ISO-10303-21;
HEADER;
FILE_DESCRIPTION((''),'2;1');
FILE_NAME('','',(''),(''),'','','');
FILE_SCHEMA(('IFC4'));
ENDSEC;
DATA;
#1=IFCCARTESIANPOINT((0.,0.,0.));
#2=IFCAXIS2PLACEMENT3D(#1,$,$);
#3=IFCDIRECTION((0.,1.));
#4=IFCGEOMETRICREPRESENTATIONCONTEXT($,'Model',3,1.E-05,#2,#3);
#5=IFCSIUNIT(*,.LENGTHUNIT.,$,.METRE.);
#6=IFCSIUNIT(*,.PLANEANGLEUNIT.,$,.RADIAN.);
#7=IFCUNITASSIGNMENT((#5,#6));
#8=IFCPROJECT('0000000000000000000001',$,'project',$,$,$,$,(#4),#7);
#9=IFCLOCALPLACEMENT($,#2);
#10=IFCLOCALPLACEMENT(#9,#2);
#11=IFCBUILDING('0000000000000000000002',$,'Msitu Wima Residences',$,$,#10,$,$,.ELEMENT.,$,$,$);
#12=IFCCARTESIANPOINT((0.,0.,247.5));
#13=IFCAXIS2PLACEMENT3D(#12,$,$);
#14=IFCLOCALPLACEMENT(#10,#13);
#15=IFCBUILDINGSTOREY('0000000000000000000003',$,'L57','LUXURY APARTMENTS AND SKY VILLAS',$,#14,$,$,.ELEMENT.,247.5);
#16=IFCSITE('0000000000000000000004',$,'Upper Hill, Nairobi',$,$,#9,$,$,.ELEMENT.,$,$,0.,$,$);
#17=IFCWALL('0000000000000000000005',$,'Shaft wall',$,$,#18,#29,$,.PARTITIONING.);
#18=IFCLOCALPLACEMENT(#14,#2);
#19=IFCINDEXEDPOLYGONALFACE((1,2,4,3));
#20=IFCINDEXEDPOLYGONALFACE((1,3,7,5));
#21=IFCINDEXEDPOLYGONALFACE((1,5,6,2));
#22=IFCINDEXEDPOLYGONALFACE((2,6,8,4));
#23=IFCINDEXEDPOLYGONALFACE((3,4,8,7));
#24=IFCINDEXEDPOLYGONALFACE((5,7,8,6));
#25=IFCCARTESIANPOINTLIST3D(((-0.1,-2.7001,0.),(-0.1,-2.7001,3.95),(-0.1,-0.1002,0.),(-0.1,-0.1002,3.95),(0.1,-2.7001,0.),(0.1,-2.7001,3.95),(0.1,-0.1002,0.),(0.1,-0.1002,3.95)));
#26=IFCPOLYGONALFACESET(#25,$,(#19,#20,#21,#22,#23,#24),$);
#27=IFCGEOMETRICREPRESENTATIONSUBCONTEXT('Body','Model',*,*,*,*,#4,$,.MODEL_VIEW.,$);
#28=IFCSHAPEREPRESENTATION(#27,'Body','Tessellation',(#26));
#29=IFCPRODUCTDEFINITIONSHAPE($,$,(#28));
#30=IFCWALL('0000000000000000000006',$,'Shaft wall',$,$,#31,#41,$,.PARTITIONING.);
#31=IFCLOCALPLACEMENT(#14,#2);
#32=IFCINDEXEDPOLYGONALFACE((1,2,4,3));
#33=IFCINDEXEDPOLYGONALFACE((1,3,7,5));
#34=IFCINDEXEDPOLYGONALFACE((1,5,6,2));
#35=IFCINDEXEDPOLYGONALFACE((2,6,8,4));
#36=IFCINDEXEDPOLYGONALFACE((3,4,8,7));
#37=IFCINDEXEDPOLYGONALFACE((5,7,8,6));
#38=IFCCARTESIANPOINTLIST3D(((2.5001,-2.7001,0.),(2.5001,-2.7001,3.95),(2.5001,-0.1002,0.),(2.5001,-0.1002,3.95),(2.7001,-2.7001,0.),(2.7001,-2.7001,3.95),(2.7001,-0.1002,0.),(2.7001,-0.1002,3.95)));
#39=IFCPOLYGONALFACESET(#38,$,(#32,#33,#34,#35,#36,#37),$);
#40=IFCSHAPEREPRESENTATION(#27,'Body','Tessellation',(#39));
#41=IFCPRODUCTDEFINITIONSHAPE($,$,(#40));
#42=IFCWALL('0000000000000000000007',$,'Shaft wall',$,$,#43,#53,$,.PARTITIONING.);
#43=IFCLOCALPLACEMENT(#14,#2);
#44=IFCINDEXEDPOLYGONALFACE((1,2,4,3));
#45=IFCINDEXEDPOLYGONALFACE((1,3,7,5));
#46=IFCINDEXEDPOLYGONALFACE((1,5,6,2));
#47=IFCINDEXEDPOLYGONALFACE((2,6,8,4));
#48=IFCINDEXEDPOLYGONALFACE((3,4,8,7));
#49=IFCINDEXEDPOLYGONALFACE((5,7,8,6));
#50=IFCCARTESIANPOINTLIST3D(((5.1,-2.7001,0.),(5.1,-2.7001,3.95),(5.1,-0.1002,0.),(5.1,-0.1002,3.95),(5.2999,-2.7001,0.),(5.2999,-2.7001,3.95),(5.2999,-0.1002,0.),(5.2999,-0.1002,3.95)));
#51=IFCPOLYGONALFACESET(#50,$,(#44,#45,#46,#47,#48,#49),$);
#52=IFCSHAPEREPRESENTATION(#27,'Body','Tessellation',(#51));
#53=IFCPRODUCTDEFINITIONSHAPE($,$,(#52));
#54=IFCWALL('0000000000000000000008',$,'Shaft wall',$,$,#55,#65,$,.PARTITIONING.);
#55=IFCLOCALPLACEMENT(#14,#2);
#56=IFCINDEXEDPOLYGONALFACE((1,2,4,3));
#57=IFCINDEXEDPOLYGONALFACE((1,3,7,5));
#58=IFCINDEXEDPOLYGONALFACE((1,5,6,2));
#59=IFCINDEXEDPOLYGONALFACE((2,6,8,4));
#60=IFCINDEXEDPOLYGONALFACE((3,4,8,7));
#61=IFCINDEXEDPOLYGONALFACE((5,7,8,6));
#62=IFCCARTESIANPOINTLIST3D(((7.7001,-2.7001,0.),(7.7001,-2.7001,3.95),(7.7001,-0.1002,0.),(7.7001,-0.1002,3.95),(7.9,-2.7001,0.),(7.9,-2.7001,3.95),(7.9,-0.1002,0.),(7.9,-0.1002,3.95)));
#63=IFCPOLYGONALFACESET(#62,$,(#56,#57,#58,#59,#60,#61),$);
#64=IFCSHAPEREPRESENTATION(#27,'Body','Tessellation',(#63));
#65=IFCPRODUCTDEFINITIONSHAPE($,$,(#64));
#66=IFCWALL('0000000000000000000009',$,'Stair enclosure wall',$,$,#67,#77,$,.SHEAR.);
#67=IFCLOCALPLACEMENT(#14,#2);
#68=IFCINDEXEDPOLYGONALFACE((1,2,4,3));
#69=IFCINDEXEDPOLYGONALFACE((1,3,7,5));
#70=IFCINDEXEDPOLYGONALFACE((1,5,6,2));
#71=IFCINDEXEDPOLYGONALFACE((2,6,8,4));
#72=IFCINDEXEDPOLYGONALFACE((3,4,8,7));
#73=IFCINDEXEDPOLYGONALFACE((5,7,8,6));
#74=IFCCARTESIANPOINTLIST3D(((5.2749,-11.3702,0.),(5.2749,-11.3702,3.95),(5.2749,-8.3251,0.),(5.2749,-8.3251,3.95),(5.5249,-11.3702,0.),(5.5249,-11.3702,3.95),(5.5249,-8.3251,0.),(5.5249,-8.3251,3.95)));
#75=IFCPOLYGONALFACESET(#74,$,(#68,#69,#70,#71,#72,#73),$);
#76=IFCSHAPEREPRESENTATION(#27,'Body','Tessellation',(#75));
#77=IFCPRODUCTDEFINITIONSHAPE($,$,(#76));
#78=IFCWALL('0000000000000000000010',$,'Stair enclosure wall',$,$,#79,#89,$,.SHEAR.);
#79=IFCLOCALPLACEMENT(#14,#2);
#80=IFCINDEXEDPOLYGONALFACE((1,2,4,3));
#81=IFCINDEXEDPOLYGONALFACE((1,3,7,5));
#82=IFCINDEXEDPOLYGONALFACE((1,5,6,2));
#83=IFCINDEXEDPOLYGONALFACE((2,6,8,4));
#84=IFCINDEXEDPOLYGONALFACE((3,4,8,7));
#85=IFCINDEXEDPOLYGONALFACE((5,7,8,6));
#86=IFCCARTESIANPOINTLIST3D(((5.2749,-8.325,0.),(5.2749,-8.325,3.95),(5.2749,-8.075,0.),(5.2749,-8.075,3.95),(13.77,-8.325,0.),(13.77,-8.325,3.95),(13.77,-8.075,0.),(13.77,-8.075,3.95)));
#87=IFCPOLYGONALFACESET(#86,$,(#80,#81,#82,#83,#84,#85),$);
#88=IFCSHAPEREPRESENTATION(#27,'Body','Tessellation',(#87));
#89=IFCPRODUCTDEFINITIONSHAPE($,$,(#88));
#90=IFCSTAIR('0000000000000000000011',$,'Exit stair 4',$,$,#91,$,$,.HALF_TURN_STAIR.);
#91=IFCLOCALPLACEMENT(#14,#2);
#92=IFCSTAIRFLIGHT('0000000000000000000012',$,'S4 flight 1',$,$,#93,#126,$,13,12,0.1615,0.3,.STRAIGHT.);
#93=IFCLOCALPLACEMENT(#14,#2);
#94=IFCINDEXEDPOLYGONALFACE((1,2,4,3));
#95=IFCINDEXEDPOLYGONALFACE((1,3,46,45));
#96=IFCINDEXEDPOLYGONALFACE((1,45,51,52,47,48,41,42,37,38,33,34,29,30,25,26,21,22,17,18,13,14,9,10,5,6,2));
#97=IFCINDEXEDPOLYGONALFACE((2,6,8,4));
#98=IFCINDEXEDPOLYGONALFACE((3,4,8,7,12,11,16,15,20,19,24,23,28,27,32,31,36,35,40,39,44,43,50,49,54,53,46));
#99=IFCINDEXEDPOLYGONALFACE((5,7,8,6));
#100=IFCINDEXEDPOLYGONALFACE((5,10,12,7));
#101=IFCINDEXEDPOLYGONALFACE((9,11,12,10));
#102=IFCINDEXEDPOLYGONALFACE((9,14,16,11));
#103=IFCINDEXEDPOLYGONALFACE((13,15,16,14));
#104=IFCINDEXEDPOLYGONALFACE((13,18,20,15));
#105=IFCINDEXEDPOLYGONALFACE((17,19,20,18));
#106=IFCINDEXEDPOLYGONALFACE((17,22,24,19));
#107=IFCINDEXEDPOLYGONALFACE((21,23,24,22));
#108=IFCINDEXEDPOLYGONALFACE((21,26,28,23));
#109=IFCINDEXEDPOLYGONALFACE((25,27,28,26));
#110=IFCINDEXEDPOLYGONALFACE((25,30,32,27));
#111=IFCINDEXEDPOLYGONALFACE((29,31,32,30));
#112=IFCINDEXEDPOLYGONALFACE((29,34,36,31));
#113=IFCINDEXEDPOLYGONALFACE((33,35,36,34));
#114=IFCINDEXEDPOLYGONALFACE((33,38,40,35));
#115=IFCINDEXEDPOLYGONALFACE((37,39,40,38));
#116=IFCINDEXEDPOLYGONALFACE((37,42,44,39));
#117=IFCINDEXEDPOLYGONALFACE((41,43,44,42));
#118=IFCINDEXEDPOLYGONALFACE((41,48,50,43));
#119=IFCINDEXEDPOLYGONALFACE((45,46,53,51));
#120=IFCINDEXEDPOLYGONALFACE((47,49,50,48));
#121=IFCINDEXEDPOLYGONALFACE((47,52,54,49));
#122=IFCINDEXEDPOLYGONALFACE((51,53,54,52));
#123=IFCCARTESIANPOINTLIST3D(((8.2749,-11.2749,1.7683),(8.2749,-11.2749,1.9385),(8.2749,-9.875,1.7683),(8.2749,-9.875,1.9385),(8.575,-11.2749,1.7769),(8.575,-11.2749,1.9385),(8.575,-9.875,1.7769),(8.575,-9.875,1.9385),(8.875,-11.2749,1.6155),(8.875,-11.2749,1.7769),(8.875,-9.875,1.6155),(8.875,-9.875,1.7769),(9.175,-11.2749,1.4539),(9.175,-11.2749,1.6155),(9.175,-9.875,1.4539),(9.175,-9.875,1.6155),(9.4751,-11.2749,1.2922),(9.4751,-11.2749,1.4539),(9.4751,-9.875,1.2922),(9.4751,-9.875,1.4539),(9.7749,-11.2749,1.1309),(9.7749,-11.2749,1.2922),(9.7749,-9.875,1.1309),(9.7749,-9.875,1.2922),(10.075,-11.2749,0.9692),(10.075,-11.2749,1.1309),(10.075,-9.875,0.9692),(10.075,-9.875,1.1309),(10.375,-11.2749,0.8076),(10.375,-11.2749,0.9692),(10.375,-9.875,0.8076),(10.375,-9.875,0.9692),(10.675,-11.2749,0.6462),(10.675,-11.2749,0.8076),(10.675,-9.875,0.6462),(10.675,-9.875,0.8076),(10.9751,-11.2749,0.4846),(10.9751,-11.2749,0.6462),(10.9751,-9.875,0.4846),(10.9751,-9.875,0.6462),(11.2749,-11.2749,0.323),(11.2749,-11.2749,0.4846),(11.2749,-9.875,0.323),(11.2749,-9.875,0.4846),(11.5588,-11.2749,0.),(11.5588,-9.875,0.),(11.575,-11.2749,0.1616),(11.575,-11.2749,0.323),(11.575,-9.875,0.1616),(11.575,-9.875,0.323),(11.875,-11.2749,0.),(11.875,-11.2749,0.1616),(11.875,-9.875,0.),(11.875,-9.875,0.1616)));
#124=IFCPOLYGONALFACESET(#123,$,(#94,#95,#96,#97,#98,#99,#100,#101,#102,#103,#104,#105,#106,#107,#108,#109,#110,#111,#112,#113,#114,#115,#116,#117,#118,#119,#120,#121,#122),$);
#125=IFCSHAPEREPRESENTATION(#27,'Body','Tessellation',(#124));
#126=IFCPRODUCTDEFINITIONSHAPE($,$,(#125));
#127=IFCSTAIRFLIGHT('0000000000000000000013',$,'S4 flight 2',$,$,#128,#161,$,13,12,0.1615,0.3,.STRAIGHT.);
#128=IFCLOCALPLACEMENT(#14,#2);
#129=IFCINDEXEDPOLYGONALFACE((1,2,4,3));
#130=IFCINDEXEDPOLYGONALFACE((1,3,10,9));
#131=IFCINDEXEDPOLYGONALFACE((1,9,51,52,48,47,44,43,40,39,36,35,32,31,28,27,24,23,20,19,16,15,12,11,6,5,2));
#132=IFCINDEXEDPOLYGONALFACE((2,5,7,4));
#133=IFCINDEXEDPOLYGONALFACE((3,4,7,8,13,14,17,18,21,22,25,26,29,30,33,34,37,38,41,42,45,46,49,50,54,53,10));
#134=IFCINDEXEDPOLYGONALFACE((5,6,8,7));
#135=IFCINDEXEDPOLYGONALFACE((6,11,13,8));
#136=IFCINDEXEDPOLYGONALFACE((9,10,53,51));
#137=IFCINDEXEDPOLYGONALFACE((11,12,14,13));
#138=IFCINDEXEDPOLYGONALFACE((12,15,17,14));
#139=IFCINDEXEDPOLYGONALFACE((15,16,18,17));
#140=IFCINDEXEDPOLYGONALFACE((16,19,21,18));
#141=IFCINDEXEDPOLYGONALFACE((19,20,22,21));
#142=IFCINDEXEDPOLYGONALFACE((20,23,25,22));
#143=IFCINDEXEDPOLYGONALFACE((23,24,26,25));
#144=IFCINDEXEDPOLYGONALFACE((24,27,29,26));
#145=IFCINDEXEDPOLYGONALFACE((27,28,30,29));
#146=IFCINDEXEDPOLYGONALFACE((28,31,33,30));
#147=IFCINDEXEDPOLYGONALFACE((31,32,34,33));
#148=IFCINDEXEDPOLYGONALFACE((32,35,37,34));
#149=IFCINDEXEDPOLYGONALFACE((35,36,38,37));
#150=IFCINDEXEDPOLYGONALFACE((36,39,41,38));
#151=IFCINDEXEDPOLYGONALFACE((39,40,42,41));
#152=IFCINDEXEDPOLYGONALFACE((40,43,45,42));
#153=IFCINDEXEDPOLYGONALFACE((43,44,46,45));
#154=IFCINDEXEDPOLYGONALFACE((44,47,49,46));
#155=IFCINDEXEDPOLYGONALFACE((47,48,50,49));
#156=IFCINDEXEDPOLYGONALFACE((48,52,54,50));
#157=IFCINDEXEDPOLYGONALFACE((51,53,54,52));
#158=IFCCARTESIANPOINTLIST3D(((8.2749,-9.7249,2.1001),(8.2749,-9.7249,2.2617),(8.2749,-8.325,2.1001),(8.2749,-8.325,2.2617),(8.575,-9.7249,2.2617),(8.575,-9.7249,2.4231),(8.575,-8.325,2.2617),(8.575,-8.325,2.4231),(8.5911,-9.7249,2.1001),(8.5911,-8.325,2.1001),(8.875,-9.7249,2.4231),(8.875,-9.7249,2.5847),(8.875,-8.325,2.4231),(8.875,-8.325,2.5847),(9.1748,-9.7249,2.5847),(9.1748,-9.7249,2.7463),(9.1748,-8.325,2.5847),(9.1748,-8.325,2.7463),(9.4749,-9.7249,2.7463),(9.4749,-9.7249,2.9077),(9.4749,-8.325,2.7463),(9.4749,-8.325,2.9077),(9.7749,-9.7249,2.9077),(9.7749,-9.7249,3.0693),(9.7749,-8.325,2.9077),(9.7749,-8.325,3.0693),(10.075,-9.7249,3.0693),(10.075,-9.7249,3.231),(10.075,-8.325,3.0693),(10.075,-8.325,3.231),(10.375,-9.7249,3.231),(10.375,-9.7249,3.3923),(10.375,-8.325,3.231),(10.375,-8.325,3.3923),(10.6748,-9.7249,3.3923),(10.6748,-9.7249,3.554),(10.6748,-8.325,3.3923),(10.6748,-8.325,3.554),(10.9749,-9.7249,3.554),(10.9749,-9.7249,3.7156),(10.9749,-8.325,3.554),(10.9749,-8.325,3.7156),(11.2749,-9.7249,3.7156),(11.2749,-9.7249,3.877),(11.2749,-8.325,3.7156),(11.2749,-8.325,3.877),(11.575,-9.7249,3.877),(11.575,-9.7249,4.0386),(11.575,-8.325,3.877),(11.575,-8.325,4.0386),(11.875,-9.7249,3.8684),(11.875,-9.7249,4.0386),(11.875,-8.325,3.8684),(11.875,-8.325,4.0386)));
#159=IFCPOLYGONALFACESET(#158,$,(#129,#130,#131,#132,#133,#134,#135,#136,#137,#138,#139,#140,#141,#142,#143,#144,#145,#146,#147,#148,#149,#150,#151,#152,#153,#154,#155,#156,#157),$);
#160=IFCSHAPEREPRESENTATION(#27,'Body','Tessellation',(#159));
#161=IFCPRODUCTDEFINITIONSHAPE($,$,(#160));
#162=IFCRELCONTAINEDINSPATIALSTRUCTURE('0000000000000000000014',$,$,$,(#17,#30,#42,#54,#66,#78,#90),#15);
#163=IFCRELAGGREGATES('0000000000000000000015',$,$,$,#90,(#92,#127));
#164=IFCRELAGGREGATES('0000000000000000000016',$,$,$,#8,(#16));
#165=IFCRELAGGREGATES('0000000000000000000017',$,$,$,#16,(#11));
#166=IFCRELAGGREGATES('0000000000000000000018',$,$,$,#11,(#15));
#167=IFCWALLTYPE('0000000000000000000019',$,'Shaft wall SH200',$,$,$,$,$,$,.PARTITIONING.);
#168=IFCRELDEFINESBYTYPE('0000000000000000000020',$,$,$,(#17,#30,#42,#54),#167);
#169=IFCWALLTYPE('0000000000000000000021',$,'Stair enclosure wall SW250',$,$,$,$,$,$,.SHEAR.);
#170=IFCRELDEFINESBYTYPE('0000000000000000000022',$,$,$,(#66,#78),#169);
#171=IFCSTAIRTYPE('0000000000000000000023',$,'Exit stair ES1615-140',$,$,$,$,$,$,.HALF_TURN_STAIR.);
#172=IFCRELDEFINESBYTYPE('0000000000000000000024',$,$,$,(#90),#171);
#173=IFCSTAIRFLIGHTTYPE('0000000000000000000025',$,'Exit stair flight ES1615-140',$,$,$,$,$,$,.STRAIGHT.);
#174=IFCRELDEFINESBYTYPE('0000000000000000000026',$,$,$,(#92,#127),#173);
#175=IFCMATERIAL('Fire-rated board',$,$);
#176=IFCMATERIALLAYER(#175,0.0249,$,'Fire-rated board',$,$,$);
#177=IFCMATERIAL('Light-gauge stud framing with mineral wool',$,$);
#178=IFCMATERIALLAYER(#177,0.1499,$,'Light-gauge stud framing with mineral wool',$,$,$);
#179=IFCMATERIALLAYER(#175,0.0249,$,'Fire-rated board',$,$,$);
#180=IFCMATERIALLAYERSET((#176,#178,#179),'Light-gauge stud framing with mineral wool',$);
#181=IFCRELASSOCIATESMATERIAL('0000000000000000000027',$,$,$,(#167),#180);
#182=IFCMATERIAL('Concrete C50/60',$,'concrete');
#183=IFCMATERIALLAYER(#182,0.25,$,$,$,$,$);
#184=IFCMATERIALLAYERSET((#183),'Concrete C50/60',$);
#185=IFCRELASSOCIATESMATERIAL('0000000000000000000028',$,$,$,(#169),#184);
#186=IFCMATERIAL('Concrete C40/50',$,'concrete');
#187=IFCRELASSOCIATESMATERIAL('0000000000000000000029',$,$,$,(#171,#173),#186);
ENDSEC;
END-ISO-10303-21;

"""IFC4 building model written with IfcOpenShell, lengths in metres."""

from ifc_helpers import new_model, si_unit, direction, frame, frame_2d, origin, place, context, subcontext, project, spatial, polyline, rectangle, outline, extrude, material, layer, layer_set, type_object, element, aggregate, save


model = new_model("IFC4")

# Units and contexts
model_context = context("Model", 3, precision=1e-05, world=origin(), true_north=direction((0.0, 1.0)))
body_context = subcontext(model_context, "Body", "Model", "MODEL_VIEW")
ifc_project = project(units=[si_unit("LENGTHUNIT", "METRE"), si_unit("PLANEANGLEUNIT", "RADIAN")], contexts=[model_context])

# Site, building, storey
site_placement = place(None, origin())
site = spatial("IfcSite", under=ifc_project, at=site_placement, Name="Upper Hill, Nairobi", CompositionType="ELEMENT", RefElevation=0.0)
building_placement = place(site_placement, origin())
building = spatial("IfcBuilding", under=site, at=building_placement, Name="Msitu Wima Residences", CompositionType="ELEMENT")
storey_placement = place(building_placement, frame((0.0, 0.0, 247.5)))
storey = spatial("IfcBuildingStorey", under=building, at=storey_placement, Name="L57", Description="LUXURY APARTMENTS AND SKY VILLAS", CompositionType="ELEMENT", Elevation=247.5)

# Shared definitions
ifc_material_1 = material(Name="Concrete C40/50", Category="concrete")

# Walls
ifc_material_2 = material(Name="Fire-rated board")
ifc_layer_1 = layer(ifc_material_2, 0.0249, Name="Fire-rated board")
ifc_material_3 = material(Name="Light-gauge stud framing with mineral wool")
ifc_layer_2 = layer(ifc_material_3, 0.1499, Name="Light-gauge stud framing with mineral wool")
ifc_layer_3 = layer(ifc_material_2, 0.0249, Name="Fire-rated board")
ifc_layer_set_1 = layer_set([ifc_layer_1, ifc_layer_2, ifc_layer_3], Name="Light-gauge stud framing with mineral wool")
wall_type_1 = type_object("IfcWallType", Name="Shaft wall SH200", PredefinedType="PARTITIONING", material=ifc_layer_set_1)
for number, where, z_axis, x_axis, name in (
    (1, (0.0, -2.7, 0.0), (0.0, 0.0, 1.0), (0.0, 1.0, 0.0), "Shaft wall"),
    (2, (2.6001, -2.7, 0.0), (0.0, 0.0, 1.0), (0.0, 1.0, 0.0), "Shaft wall"),
    (3, (5.2, -2.7, 0.0), (0.0, 0.0, 1.0), (0.0, 1.0, 0.0), "Shaft wall"),
    (4, (7.8, -2.7, 0.0), (0.0, 0.0, 1.0), (0.0, 1.0, 0.0), "Shaft wall"),
):
    element("IfcWall", number, at=place(storey_placement, frame(where, z_axis=z_axis, x_axis=x_axis)), inside=storey, type_object=wall_type_1, Name=name, PredefinedType="PARTITIONING", context=body_context, shape_type="SweptSolid", body=[
        extrude(rectangle(XDim=2.5999, YDim=0.2, at=frame_2d((1.2998, 0.0))), origin(), (0.0, 0.0, 1.0), 3.95),
    ])
ifc_material_4 = material(Name="Concrete C50/60", Category="concrete")
ifc_layer_4 = layer(ifc_material_4, 0.25)
ifc_layer_set_2 = layer_set([ifc_layer_4], Name="Concrete C50/60")
wall_type_2 = type_object("IfcWallType", Name="Stair enclosure wall SW250", PredefinedType="SHEAR", material=ifc_layer_set_2)
wall_1_placement = place(storey_placement, frame((5.3999, -11.3701, 0.0), z_axis=(0.0, 0.0, 1.0), x_axis=(0.0, 1.0, 0.0)))
element("IfcWall", 5, at=wall_1_placement, inside=storey, type_object=wall_type_2, Name="Stair enclosure wall", PredefinedType="SHEAR", context=body_context, shape_type="SweptSolid", body=[
    extrude(rectangle(XDim=3.0452, YDim=0.25, at=frame_2d((1.5225, 0.0))), origin(), (0.0, 0.0, 1.0), 3.95),
])
wall_2_placement = place(storey_placement, frame((5.2749, -8.2, 0.0), z_axis=(0.0, 0.0, 1.0), x_axis=(1.0, 0.0, 0.0)))
element("IfcWall", 6, at=wall_2_placement, inside=storey, type_object=wall_type_2, Name="Stair enclosure wall", PredefinedType="SHEAR", context=body_context, shape_type="SweptSolid", body=[
    extrude(rectangle(XDim=8.4951, YDim=0.25, at=frame_2d((4.2476, 0.0))), origin(), (0.0, 0.0, 1.0), 3.95),
])

# Stair, stair flights
stair_type = type_object("IfcStairType", Name="Exit stair ES1615-140", PredefinedType="HALF_TURN_STAIR", material=ifc_material_1)
stair_placement = place(storey_placement, origin())
stair = element("IfcStair", 7, at=stair_placement, inside=storey, type_object=stair_type, Name="Exit stair 4", PredefinedType="HALF_TURN_STAIR")
stair_flight_type = type_object("IfcStairFlightType", Name="Exit stair flight ES1615-140", PredefinedType="STRAIGHT", material=ifc_material_1)
stair_flight_1_placement = place(storey_placement, frame((11.875, -10.575, 0.0), z_axis=(0.0, 0.0, 1.0), x_axis=(-1.0, 0.0, 0.0)))
stair_flight_1 = element("IfcStairFlight", 8, at=stair_flight_1_placement, type_object=stair_flight_type, Name="S4 flight 1", NumberOfRisers=13, NumberOfTreads=12, PredefinedType="STRAIGHT", RiserHeight=0.1615, TreadLength=0.3, context=body_context, shape_type="SweptSolid", body=[
    extrude(outline(polyline([(0.0, 0.0), (0.0, 0.1616), (0.3, 0.1616), (0.3, 0.323), (0.6001, 0.323), (0.6001, 0.4846), (0.8999, 0.4846), (0.8999, 0.6462), (1.2, 0.6462), (1.2, 0.8076), (1.5, 0.8076), (1.5, 0.9692), (1.8, 0.9692), (1.8, 1.1309), (2.1001, 1.1309), (2.1001, 1.2922), (2.3999, 1.2922), (2.3999, 1.4539), (2.7, 1.4539), (2.7, 1.6155), (3.0, 1.6155), (3.0, 1.7769), (3.3, 1.7769), (3.3, 1.9385), (3.6001, 1.9385), (3.6001, 2.1001), (3.6001, 1.7683), (0.3162, 0.0), (0.0, 0.0)])), frame((0.0, 0.7, 0.0), z_axis=(0.0, -1.0, 0.0), x_axis=(1.0, 0.0, 0.0)), (0.0, 0.0, 1.0), 1.3999),
])
stair_flight_2_placement = place(storey_placement, frame((8.2749, -9.0249, 2.1001), z_axis=(0.0, 0.0, 1.0), x_axis=(1.0, 0.0, 0.0)))
stair_flight_2 = element("IfcStairFlight", 9, at=stair_flight_2_placement, type_object=stair_flight_type, Name="S4 flight 2", NumberOfRisers=13, NumberOfTreads=12, PredefinedType="STRAIGHT", RiserHeight=0.1615, TreadLength=0.3, context=body_context, shape_type="SweptSolid", body=[
    extrude(outline(polyline([(0.0, 0.0), (0.0, 0.1616), (0.3, 0.1616), (0.3, 0.323), (0.6001, 0.323), (0.6001, 0.4846), (0.8999, 0.4846), (0.8999, 0.6462), (1.2, 0.6462), (1.2, 0.8076), (1.5, 0.8076), (1.5, 0.9692), (1.8, 0.9692), (1.8, 1.1309), (2.1001, 1.1309), (2.1001, 1.2922), (2.3999, 1.2922), (2.3999, 1.4539), (2.7, 1.4539), (2.7, 1.6155), (3.0, 1.6155), (3.0, 1.7769), (3.3, 1.7769), (3.3, 1.9385), (3.6001, 1.9385), (3.6001, 2.1001), (3.6001, 1.7683), (0.3162, 0.0), (0.0, 0.0)])), frame((0.0, 0.7, 0.0), z_axis=(0.0, -1.0, 0.0), x_axis=(1.0, 0.0, 0.0)), (0.0, 0.0, 1.0), 1.3999),
])
aggregate(stair, [stair_flight_1, stair_flight_2])

save(model, "model.ifc")
